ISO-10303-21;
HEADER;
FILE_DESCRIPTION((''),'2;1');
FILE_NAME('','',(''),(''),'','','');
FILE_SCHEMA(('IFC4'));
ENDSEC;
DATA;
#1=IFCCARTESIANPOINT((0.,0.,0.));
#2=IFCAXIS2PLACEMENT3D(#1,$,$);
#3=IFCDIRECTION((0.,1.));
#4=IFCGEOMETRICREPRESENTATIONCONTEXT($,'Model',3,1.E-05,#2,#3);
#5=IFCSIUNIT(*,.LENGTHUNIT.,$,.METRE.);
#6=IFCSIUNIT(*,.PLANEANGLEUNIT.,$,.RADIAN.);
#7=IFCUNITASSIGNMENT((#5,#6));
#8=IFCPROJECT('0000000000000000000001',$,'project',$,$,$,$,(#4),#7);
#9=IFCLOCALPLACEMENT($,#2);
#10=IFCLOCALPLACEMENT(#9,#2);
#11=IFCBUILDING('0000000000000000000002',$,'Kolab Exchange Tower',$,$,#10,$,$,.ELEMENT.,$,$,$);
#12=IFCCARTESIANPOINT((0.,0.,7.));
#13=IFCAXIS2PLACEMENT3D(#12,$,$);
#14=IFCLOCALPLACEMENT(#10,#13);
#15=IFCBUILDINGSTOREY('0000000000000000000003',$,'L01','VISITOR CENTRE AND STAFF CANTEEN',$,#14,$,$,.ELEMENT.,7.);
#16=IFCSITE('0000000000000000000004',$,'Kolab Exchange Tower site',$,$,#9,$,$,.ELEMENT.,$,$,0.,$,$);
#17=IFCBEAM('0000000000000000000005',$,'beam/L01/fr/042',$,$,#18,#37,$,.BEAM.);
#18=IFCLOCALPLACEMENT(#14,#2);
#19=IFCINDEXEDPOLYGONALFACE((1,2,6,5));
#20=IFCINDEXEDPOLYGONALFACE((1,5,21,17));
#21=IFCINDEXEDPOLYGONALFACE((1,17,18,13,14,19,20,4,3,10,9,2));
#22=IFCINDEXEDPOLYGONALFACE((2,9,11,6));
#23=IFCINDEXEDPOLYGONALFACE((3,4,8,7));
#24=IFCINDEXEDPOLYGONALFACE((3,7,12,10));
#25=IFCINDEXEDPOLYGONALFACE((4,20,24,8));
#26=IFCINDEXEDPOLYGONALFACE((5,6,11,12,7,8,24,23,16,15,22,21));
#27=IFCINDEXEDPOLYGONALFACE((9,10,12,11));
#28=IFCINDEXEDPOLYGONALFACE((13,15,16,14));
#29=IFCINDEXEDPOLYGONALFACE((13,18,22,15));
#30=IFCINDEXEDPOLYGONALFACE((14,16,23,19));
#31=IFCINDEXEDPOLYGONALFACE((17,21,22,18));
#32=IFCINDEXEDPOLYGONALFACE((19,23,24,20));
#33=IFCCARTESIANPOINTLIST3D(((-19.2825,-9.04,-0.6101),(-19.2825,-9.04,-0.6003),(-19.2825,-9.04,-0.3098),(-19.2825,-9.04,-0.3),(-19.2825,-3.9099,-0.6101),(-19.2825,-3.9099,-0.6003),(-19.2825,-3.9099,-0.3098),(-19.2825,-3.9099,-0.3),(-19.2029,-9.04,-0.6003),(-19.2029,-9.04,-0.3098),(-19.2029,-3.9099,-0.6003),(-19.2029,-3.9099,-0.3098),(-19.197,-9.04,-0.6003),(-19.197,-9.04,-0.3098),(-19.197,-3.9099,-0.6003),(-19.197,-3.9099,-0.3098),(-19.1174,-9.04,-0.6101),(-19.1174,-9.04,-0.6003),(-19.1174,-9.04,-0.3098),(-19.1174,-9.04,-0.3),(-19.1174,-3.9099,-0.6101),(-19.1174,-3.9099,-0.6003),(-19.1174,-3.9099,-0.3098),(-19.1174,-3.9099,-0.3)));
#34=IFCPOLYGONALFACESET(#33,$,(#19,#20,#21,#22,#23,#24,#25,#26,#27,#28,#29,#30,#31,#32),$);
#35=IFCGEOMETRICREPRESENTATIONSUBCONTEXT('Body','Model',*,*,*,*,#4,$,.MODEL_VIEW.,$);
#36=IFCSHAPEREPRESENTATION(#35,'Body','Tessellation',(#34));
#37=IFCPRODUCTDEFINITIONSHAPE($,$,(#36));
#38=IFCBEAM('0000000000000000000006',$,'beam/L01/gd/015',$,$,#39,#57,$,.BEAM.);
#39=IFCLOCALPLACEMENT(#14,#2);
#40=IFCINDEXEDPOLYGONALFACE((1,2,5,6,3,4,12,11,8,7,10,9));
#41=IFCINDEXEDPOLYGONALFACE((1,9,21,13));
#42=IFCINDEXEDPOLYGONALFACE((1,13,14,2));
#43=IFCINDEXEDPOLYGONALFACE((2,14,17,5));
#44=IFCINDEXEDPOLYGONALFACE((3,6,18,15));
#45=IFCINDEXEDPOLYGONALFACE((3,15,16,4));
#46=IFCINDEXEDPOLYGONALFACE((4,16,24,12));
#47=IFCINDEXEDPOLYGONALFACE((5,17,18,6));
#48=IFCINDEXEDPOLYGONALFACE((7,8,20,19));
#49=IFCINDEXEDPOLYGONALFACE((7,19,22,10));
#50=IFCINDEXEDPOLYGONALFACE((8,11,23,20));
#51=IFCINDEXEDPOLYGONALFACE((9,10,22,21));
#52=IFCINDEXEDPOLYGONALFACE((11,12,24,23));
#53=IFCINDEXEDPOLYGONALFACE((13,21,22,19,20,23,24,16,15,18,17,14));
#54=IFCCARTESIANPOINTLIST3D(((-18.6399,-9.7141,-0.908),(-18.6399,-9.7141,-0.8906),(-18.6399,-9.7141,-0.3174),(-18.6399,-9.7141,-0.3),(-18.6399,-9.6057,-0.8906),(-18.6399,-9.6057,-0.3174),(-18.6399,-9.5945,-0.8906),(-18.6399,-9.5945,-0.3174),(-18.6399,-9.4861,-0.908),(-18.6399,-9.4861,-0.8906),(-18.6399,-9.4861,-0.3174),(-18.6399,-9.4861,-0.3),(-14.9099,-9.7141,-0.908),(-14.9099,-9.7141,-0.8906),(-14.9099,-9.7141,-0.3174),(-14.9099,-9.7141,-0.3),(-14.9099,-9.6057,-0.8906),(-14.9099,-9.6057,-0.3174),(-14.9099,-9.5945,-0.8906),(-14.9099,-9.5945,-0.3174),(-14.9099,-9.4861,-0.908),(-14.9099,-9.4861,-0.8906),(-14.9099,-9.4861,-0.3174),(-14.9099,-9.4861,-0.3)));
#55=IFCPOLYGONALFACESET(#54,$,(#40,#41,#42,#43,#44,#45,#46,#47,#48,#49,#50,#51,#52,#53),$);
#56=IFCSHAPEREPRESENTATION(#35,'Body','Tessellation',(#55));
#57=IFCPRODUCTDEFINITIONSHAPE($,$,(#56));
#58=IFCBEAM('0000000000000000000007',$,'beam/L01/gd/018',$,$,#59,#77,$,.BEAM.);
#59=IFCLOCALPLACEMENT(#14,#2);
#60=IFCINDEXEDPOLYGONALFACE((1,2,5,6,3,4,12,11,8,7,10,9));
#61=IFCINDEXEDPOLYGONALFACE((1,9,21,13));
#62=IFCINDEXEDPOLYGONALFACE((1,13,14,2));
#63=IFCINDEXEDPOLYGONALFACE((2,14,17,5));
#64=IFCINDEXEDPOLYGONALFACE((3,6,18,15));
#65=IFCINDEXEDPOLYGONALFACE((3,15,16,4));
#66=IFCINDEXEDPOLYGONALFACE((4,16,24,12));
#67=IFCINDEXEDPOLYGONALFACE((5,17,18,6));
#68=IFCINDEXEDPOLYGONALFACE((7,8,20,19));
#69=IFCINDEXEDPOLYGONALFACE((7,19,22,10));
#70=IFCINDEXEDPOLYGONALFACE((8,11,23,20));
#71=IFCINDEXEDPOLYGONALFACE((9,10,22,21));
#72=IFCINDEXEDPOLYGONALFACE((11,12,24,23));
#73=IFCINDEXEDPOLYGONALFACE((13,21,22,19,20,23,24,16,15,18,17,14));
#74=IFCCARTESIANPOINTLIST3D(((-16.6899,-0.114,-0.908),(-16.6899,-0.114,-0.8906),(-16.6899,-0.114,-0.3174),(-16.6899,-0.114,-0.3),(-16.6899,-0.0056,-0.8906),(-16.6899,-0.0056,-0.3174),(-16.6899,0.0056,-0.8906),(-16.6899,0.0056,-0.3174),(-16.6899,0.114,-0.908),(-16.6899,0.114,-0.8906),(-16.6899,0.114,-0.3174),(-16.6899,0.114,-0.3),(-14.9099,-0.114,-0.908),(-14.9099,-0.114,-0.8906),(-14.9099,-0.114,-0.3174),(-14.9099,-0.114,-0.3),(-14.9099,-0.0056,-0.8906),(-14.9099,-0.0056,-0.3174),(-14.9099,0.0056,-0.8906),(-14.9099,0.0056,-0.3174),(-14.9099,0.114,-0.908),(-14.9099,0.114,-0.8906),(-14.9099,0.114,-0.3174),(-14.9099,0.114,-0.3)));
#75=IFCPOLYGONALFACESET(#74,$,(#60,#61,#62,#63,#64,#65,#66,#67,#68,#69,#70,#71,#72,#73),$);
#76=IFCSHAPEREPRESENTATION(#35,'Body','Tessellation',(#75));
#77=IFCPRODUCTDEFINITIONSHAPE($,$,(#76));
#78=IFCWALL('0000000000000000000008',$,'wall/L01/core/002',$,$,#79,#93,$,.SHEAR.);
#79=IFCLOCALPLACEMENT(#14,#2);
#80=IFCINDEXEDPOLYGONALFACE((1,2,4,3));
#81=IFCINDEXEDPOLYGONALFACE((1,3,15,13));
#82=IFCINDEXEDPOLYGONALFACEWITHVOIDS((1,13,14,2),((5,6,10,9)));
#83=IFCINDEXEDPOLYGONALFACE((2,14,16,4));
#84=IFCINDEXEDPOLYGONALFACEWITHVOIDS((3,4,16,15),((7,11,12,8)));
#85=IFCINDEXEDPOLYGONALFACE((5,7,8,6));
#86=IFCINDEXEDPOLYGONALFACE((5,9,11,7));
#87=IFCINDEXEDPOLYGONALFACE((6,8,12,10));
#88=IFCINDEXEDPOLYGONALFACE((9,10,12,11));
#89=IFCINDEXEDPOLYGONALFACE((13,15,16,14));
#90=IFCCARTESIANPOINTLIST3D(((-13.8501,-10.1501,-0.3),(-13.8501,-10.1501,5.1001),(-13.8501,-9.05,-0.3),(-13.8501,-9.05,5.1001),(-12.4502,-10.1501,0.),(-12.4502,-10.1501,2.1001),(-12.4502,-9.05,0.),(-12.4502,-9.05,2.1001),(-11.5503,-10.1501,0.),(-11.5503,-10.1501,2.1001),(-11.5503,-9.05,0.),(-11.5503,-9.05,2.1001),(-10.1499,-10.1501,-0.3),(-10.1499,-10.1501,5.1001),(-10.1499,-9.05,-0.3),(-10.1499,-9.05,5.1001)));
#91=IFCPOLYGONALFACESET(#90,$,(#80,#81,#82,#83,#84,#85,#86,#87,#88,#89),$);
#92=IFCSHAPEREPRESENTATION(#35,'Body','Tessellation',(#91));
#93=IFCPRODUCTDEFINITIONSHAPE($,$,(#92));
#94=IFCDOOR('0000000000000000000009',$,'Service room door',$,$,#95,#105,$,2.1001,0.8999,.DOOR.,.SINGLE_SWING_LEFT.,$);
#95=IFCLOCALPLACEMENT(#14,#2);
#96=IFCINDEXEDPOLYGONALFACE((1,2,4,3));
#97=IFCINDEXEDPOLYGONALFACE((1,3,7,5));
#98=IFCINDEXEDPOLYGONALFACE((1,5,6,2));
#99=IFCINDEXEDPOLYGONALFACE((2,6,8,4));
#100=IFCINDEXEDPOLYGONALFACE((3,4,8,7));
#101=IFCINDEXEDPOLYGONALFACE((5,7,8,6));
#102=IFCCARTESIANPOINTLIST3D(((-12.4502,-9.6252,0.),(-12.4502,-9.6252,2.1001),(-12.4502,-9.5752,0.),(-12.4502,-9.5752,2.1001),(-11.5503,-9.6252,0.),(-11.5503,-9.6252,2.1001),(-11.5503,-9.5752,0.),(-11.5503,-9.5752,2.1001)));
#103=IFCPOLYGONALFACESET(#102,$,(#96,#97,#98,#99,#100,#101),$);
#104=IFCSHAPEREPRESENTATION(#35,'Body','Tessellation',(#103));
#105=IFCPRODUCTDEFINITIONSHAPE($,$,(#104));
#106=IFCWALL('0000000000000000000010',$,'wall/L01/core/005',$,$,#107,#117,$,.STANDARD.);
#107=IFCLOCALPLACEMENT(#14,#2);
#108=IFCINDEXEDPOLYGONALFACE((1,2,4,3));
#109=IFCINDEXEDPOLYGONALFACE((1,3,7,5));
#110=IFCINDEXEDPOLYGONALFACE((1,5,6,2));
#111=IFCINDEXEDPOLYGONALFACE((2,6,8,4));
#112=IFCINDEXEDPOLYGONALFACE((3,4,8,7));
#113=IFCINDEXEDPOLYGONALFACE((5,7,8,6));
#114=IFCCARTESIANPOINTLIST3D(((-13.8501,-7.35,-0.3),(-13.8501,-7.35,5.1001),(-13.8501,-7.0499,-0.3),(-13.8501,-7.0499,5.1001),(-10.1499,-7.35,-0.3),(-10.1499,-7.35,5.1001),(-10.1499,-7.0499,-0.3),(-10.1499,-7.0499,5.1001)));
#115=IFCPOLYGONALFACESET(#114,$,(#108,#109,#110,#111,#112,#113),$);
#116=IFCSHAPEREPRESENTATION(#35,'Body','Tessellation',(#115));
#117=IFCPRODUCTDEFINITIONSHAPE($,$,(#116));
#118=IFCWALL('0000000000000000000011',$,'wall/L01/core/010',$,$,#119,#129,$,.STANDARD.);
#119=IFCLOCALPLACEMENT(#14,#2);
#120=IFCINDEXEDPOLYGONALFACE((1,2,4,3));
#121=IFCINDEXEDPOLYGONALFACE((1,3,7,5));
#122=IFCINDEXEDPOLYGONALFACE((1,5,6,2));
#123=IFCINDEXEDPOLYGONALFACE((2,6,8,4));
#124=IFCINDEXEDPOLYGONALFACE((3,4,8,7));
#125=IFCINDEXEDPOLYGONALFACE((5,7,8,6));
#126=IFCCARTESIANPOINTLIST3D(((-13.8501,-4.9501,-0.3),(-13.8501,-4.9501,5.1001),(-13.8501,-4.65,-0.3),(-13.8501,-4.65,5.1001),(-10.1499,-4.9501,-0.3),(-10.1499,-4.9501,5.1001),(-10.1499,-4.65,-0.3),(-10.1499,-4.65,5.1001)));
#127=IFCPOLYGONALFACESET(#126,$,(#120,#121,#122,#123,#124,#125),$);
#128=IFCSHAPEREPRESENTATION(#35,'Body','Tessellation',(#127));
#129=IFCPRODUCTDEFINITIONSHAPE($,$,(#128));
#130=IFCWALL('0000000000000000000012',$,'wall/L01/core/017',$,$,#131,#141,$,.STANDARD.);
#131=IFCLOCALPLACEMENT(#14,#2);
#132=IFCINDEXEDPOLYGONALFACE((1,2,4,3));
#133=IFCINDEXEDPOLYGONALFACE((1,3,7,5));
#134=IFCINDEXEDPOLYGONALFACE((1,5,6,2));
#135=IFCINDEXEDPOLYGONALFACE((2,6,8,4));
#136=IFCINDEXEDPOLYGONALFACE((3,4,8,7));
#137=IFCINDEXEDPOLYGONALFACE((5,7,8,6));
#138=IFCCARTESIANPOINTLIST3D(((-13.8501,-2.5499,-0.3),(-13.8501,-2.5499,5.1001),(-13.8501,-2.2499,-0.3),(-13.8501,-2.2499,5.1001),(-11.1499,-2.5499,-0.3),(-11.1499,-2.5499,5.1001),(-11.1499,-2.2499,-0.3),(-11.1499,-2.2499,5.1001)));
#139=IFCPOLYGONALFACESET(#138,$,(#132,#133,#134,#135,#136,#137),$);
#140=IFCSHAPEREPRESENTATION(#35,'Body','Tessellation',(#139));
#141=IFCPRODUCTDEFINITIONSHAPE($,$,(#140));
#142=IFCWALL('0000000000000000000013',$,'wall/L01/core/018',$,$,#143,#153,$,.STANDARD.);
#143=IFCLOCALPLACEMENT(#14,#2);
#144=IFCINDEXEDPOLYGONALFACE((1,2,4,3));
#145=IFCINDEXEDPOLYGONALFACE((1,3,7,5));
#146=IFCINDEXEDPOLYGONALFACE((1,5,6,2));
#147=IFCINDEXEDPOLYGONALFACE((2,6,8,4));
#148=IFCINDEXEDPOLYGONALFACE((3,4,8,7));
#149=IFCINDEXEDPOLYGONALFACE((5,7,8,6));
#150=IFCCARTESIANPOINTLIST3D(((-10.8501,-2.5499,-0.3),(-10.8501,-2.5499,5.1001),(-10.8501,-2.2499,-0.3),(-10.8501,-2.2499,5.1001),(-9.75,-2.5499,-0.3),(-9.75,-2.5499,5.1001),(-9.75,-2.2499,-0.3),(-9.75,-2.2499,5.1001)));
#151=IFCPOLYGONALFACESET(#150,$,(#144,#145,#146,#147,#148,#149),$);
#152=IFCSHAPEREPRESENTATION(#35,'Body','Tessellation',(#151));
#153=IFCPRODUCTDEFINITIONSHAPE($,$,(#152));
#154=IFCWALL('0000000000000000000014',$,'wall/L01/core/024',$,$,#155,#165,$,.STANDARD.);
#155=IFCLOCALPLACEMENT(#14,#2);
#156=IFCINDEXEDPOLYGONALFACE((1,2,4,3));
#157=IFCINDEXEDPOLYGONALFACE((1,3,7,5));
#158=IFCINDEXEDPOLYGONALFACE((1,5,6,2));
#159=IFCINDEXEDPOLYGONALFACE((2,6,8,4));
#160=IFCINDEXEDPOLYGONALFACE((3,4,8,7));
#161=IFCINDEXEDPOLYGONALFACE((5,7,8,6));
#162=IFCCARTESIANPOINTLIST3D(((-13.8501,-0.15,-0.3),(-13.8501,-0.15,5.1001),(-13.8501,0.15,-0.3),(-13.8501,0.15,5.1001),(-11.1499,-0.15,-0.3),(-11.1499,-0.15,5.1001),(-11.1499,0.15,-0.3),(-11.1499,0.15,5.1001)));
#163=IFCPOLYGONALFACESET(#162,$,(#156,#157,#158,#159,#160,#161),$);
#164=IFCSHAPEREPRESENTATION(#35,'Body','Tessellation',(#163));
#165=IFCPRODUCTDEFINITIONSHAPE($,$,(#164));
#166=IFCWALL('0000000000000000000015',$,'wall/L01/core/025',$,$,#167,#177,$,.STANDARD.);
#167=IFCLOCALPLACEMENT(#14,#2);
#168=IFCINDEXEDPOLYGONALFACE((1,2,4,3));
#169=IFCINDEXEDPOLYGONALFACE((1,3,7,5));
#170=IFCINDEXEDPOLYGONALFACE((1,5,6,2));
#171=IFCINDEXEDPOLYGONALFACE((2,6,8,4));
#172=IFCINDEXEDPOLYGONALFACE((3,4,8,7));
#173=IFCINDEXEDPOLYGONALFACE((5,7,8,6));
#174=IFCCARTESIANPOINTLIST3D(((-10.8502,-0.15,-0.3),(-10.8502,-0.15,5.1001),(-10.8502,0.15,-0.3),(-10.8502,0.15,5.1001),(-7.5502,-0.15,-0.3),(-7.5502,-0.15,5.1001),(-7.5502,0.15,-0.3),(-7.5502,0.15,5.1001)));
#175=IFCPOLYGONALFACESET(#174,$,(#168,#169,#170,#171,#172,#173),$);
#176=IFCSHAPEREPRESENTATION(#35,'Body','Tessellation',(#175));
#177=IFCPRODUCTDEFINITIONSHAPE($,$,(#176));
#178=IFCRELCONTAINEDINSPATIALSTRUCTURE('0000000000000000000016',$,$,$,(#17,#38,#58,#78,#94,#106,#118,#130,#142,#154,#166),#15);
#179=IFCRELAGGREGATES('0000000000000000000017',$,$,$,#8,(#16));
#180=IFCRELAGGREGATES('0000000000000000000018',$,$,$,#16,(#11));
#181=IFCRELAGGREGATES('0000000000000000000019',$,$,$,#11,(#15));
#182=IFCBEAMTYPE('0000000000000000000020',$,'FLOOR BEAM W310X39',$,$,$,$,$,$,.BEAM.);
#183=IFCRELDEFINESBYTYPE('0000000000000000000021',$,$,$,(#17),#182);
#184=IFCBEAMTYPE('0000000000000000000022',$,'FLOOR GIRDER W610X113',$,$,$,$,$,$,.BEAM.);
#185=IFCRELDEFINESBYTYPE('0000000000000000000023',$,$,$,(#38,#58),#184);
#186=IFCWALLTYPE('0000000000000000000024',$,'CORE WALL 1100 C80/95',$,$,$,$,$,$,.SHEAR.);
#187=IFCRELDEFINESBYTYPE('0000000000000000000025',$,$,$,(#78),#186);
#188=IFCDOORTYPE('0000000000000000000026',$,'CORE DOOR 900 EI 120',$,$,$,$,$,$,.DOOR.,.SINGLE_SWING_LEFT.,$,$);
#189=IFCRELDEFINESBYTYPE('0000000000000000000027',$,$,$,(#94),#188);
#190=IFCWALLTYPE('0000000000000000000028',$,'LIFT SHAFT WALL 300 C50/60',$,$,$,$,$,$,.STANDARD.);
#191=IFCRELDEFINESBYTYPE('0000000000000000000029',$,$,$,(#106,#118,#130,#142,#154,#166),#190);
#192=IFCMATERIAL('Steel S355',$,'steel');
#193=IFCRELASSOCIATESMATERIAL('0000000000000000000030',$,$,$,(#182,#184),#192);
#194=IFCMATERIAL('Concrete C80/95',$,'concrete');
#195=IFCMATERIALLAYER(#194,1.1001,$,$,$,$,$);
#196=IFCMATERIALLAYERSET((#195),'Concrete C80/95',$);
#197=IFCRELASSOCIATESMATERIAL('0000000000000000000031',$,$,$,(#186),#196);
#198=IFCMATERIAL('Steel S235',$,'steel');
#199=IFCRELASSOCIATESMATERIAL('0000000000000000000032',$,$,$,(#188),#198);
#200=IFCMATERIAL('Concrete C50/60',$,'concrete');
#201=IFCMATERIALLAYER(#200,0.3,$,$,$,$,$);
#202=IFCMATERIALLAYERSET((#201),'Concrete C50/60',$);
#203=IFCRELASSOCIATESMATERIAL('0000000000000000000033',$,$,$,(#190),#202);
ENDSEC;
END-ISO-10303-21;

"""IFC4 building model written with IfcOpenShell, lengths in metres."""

from ifc_helpers import new_model, si_unit, direction, frame, frame_2d, origin, origin_2d, place, context, subcontext, project, spatial, rectangle, i_section, extrude, material, layer, layer_set, material_profile, profile_set, type_object, element, fill, save


model = new_model("IFC4")

# Units and contexts
model_context = context("Model", 3, precision=1e-05, world=origin(), true_north=direction((0.0, 1.0)))
body_context = subcontext(model_context, "Body", "Model", "MODEL_VIEW")
ifc_project = project(units=[si_unit("LENGTHUNIT", "METRE"), si_unit("PLANEANGLEUNIT", "RADIAN")], contexts=[model_context])

# Site, building, storey
site_placement = place(None, origin())
site = spatial("IfcSite", under=ifc_project, at=site_placement, Name="Kolab Exchange Tower site", CompositionType="ELEMENT", RefElevation=0.0)
building_placement = place(site_placement, origin())
building = spatial("IfcBuilding", under=site, at=building_placement, Name="Kolab Exchange Tower", CompositionType="ELEMENT")
storey_placement = place(building_placement, frame((0.0, 0.0, 7.0)))
storey = spatial("IfcBuildingStorey", under=building, at=storey_placement, Name="L01", Description="VISITOR CENTRE AND STAFF CANTEEN", CompositionType="ELEMENT", Elevation=7.0)

# Beams
ifc_material_1 = material(Name="Steel S355", Category="steel")
ifc_material_profile_1 = material_profile(ifc_material_1, i_section(OverallWidth=0.165, OverallDepth=0.3101, WebThickness=0.0059, FlangeThickness=0.0098, at=origin_2d()), Name="W310X39")
ifc_profile_set_1 = profile_set([ifc_material_profile_1], Name="Steel S355")
beam_type_1 = type_object("IfcBeamType", Name="FLOOR BEAM W310X39", PredefinedType="BEAM", material=ifc_profile_set_1)
beam_1_placement = place(storey_placement, frame((-19.2, -9.04, -0.4551), z_axis=(0.0, 1.0, 0.0), x_axis=(-1.0, 0.0, 0.0)))
element("IfcBeam", 1, at=beam_1_placement, inside=storey, type_object=beam_type_1, Name="beam/L01/fr/042", PredefinedType="BEAM", context=body_context, shape_type="SweptSolid", body=[
    extrude(i_section(OverallWidth=0.165, OverallDepth=0.3101, WebThickness=0.0059, FlangeThickness=0.0098, at=origin_2d()), origin(), (0.0, 0.0, 1.0), 5.1301),
])
ifc_material_profile_2 = material_profile(ifc_material_1, i_section(OverallWidth=0.228, OverallDepth=0.6079, WebThickness=0.0112, FlangeThickness=0.0173, at=origin_2d()), Name="W610X113")
ifc_profile_set_2 = profile_set([ifc_material_profile_2], Name="Steel S355")
beam_type_2 = type_object("IfcBeamType", Name="FLOOR GIRDER W610X113", PredefinedType="BEAM", material=ifc_profile_set_2)
beam_2_placement = place(storey_placement, frame((-18.6399, -9.6001, -0.604), z_axis=(1.0, 0.0, 0.0), x_axis=(0.0, 1.0, 0.0)))
element("IfcBeam", 2, at=beam_2_placement, inside=storey, type_object=beam_type_2, Name="beam/L01/gd/015", PredefinedType="BEAM", context=body_context, shape_type="SweptSolid", body=[
    extrude(i_section(OverallWidth=0.228, OverallDepth=0.6079, WebThickness=0.0112, FlangeThickness=0.0173, at=origin_2d()), origin(), (0.0, 0.0, 1.0), 3.73),
])
beam_3_placement = place(storey_placement, frame((-16.6899, 0.0, -0.604), z_axis=(1.0, 0.0, 0.0), x_axis=(0.0, 1.0, 0.0)))
element("IfcBeam", 3, at=beam_3_placement, inside=storey, type_object=beam_type_2, Name="beam/L01/gd/018", PredefinedType="BEAM", context=body_context, shape_type="SweptSolid", body=[
    extrude(i_section(OverallWidth=0.228, OverallDepth=0.6079, WebThickness=0.0112, FlangeThickness=0.0173, at=origin_2d()), origin(), (0.0, 0.0, 1.0), 1.78),
])

# Wall, opening, door
ifc_material_2 = material(Name="Concrete C80/95", Category="concrete")
ifc_layer_1 = layer(ifc_material_2, 1.1001)
ifc_layer_set_1 = layer_set([ifc_layer_1], Name="Concrete C80/95")
wall_type_1 = type_object("IfcWallType", Name="CORE WALL 1100 C80/95", PredefinedType="SHEAR", material=ifc_layer_set_1)
wall_1_placement = place(storey_placement, frame((-13.8501, -9.6001, -0.3), z_axis=(0.0, 0.0, 1.0), x_axis=(1.0, 0.0, 0.0)))
wall_1 = element("IfcWall", 4, at=wall_1_placement, inside=storey, type_object=wall_type_1, Name="wall/L01/core/002", PredefinedType="SHEAR", context=body_context, shape_type="SweptSolid", body=[
    extrude(rectangle(XDim=3.7002, YDim=1.1001, at=frame_2d((1.8501, 0.0))), origin(), (0.0, 0.0, 1.0), 5.4001),
])
opening_1_placement = place(wall_1_placement, frame((1.3999, 0.0, 0.3)))
opening_1 = element("IfcOpeningElement", 5, at=opening_1_placement, cuts=wall_1, PredefinedType="OPENING", context=body_context, shape_type="SweptSolid", body=[
    extrude(rectangle(XDim=0.8999, YDim=2.1001, at=frame_2d((0.45, 1.05))), frame((0.0, 0.5601, 0.0), z_axis=(0.0, -1.0, 0.0), x_axis=(1.0, 0.0, 0.0)), (0.0, 0.0, 1.0), 1.1201),
])
ifc_material_3 = material(Name="Steel S235", Category="steel")
door_type_1 = type_object("IfcDoorType", Name="CORE DOOR 900 EI 120", OperationType="SINGLE_SWING_LEFT", PredefinedType="DOOR", material=ifc_material_3)
door_1_placement = place(opening_1_placement, origin())
door_1 = element("IfcDoor", 6, at=door_1_placement, inside=storey, type_object=door_type_1, Name="Service room door", OperationType="SINGLE_SWING_LEFT", OverallHeight=2.1001, OverallWidth=0.8999, PredefinedType="DOOR", context=body_context, shape_type="SweptSolid", body=[
    extrude(rectangle(XDim=0.8999, YDim=2.1001, at=frame_2d((0.45, 1.05))), frame((0.0, 0.0249, 0.0), z_axis=(0.0, -1.0, 0.0), x_axis=(1.0, 0.0, 0.0)), (0.0, 0.0, 1.0), 0.05),
])
fill(opening_1, door_1)

# Walls
ifc_material_4 = material(Name="Concrete C50/60", Category="concrete")
ifc_layer_2 = layer(ifc_material_4, 0.3)
ifc_layer_set_2 = layer_set([ifc_layer_2], Name="Concrete C50/60")
wall_type_2 = type_object("IfcWallType", Name="LIFT SHAFT WALL 300 C50/60", PredefinedType="STANDARD", material=ifc_layer_set_2)
for number, where, z_axis, x_axis, name in (
    (7, (-13.8501, -7.2, -0.3), (0.0, 0.0, 1.0), (1.0, 0.0, 0.0), "wall/L01/core/005"),
    (8, (-13.8501, -4.8, -0.3), (0.0, 0.0, 1.0), (1.0, 0.0, 0.0), "wall/L01/core/010"),
):
    element("IfcWall", number, at=place(storey_placement, frame(where, z_axis=z_axis, x_axis=x_axis)), inside=storey, type_object=wall_type_2, Name=name, PredefinedType="STANDARD", context=body_context, shape_type="SweptSolid", body=[
        extrude(rectangle(XDim=3.7002, YDim=0.3, at=frame_2d((1.8501, 0.0))), origin(), (0.0, 0.0, 1.0), 5.4001),
    ])
wall_2_placement = place(storey_placement, frame((-13.8501, -2.3999, -0.3), z_axis=(0.0, 0.0, 1.0), x_axis=(1.0, 0.0, 0.0)))
element("IfcWall", 9, at=wall_2_placement, inside=storey, type_object=wall_type_2, Name="wall/L01/core/017", PredefinedType="STANDARD", context=body_context, shape_type="SweptSolid", body=[
    extrude(rectangle(XDim=2.7002, YDim=0.3, at=frame_2d((1.3501, 0.0))), origin(), (0.0, 0.0, 1.0), 5.4001),
])
wall_3_placement = place(storey_placement, frame((-10.8501, -2.3999, -0.3), z_axis=(0.0, 0.0, 1.0), x_axis=(1.0, 0.0, 0.0)))
element("IfcWall", 10, at=wall_3_placement, inside=storey, type_object=wall_type_2, Name="wall/L01/core/018", PredefinedType="STANDARD", context=body_context, shape_type="SweptSolid", body=[
    extrude(rectangle(XDim=1.1001, YDim=0.3, at=frame_2d((0.55, 0.0))), origin(), (0.0, 0.0, 1.0), 5.4001),
])
wall_4_placement = place(storey_placement, frame((-13.8501, 0.0, -0.3), z_axis=(0.0, 0.0, 1.0), x_axis=(1.0, 0.0, 0.0)))
element("IfcWall", 11, at=wall_4_placement, inside=storey, type_object=wall_type_2, Name="wall/L01/core/024", PredefinedType="STANDARD", context=body_context, shape_type="SweptSolid", body=[
    extrude(rectangle(XDim=2.7002, YDim=0.3, at=frame_2d((1.3501, 0.0))), origin(), (0.0, 0.0, 1.0), 5.4001),
])
wall_5_placement = place(storey_placement, frame((-10.8501, 0.0, -0.3), z_axis=(0.0, 0.0, 1.0), x_axis=(1.0, 0.0, 0.0)))
element("IfcWall", 12, at=wall_5_placement, inside=storey, type_object=wall_type_2, Name="wall/L01/core/025", PredefinedType="STANDARD", context=body_context, shape_type="SweptSolid", body=[
    extrude(rectangle(XDim=3.3, YDim=0.3, at=frame_2d((1.6499, 0.0))), origin(), (0.0, 0.0, 1.0), 5.4001),
])

save(model, "model.ifc")
